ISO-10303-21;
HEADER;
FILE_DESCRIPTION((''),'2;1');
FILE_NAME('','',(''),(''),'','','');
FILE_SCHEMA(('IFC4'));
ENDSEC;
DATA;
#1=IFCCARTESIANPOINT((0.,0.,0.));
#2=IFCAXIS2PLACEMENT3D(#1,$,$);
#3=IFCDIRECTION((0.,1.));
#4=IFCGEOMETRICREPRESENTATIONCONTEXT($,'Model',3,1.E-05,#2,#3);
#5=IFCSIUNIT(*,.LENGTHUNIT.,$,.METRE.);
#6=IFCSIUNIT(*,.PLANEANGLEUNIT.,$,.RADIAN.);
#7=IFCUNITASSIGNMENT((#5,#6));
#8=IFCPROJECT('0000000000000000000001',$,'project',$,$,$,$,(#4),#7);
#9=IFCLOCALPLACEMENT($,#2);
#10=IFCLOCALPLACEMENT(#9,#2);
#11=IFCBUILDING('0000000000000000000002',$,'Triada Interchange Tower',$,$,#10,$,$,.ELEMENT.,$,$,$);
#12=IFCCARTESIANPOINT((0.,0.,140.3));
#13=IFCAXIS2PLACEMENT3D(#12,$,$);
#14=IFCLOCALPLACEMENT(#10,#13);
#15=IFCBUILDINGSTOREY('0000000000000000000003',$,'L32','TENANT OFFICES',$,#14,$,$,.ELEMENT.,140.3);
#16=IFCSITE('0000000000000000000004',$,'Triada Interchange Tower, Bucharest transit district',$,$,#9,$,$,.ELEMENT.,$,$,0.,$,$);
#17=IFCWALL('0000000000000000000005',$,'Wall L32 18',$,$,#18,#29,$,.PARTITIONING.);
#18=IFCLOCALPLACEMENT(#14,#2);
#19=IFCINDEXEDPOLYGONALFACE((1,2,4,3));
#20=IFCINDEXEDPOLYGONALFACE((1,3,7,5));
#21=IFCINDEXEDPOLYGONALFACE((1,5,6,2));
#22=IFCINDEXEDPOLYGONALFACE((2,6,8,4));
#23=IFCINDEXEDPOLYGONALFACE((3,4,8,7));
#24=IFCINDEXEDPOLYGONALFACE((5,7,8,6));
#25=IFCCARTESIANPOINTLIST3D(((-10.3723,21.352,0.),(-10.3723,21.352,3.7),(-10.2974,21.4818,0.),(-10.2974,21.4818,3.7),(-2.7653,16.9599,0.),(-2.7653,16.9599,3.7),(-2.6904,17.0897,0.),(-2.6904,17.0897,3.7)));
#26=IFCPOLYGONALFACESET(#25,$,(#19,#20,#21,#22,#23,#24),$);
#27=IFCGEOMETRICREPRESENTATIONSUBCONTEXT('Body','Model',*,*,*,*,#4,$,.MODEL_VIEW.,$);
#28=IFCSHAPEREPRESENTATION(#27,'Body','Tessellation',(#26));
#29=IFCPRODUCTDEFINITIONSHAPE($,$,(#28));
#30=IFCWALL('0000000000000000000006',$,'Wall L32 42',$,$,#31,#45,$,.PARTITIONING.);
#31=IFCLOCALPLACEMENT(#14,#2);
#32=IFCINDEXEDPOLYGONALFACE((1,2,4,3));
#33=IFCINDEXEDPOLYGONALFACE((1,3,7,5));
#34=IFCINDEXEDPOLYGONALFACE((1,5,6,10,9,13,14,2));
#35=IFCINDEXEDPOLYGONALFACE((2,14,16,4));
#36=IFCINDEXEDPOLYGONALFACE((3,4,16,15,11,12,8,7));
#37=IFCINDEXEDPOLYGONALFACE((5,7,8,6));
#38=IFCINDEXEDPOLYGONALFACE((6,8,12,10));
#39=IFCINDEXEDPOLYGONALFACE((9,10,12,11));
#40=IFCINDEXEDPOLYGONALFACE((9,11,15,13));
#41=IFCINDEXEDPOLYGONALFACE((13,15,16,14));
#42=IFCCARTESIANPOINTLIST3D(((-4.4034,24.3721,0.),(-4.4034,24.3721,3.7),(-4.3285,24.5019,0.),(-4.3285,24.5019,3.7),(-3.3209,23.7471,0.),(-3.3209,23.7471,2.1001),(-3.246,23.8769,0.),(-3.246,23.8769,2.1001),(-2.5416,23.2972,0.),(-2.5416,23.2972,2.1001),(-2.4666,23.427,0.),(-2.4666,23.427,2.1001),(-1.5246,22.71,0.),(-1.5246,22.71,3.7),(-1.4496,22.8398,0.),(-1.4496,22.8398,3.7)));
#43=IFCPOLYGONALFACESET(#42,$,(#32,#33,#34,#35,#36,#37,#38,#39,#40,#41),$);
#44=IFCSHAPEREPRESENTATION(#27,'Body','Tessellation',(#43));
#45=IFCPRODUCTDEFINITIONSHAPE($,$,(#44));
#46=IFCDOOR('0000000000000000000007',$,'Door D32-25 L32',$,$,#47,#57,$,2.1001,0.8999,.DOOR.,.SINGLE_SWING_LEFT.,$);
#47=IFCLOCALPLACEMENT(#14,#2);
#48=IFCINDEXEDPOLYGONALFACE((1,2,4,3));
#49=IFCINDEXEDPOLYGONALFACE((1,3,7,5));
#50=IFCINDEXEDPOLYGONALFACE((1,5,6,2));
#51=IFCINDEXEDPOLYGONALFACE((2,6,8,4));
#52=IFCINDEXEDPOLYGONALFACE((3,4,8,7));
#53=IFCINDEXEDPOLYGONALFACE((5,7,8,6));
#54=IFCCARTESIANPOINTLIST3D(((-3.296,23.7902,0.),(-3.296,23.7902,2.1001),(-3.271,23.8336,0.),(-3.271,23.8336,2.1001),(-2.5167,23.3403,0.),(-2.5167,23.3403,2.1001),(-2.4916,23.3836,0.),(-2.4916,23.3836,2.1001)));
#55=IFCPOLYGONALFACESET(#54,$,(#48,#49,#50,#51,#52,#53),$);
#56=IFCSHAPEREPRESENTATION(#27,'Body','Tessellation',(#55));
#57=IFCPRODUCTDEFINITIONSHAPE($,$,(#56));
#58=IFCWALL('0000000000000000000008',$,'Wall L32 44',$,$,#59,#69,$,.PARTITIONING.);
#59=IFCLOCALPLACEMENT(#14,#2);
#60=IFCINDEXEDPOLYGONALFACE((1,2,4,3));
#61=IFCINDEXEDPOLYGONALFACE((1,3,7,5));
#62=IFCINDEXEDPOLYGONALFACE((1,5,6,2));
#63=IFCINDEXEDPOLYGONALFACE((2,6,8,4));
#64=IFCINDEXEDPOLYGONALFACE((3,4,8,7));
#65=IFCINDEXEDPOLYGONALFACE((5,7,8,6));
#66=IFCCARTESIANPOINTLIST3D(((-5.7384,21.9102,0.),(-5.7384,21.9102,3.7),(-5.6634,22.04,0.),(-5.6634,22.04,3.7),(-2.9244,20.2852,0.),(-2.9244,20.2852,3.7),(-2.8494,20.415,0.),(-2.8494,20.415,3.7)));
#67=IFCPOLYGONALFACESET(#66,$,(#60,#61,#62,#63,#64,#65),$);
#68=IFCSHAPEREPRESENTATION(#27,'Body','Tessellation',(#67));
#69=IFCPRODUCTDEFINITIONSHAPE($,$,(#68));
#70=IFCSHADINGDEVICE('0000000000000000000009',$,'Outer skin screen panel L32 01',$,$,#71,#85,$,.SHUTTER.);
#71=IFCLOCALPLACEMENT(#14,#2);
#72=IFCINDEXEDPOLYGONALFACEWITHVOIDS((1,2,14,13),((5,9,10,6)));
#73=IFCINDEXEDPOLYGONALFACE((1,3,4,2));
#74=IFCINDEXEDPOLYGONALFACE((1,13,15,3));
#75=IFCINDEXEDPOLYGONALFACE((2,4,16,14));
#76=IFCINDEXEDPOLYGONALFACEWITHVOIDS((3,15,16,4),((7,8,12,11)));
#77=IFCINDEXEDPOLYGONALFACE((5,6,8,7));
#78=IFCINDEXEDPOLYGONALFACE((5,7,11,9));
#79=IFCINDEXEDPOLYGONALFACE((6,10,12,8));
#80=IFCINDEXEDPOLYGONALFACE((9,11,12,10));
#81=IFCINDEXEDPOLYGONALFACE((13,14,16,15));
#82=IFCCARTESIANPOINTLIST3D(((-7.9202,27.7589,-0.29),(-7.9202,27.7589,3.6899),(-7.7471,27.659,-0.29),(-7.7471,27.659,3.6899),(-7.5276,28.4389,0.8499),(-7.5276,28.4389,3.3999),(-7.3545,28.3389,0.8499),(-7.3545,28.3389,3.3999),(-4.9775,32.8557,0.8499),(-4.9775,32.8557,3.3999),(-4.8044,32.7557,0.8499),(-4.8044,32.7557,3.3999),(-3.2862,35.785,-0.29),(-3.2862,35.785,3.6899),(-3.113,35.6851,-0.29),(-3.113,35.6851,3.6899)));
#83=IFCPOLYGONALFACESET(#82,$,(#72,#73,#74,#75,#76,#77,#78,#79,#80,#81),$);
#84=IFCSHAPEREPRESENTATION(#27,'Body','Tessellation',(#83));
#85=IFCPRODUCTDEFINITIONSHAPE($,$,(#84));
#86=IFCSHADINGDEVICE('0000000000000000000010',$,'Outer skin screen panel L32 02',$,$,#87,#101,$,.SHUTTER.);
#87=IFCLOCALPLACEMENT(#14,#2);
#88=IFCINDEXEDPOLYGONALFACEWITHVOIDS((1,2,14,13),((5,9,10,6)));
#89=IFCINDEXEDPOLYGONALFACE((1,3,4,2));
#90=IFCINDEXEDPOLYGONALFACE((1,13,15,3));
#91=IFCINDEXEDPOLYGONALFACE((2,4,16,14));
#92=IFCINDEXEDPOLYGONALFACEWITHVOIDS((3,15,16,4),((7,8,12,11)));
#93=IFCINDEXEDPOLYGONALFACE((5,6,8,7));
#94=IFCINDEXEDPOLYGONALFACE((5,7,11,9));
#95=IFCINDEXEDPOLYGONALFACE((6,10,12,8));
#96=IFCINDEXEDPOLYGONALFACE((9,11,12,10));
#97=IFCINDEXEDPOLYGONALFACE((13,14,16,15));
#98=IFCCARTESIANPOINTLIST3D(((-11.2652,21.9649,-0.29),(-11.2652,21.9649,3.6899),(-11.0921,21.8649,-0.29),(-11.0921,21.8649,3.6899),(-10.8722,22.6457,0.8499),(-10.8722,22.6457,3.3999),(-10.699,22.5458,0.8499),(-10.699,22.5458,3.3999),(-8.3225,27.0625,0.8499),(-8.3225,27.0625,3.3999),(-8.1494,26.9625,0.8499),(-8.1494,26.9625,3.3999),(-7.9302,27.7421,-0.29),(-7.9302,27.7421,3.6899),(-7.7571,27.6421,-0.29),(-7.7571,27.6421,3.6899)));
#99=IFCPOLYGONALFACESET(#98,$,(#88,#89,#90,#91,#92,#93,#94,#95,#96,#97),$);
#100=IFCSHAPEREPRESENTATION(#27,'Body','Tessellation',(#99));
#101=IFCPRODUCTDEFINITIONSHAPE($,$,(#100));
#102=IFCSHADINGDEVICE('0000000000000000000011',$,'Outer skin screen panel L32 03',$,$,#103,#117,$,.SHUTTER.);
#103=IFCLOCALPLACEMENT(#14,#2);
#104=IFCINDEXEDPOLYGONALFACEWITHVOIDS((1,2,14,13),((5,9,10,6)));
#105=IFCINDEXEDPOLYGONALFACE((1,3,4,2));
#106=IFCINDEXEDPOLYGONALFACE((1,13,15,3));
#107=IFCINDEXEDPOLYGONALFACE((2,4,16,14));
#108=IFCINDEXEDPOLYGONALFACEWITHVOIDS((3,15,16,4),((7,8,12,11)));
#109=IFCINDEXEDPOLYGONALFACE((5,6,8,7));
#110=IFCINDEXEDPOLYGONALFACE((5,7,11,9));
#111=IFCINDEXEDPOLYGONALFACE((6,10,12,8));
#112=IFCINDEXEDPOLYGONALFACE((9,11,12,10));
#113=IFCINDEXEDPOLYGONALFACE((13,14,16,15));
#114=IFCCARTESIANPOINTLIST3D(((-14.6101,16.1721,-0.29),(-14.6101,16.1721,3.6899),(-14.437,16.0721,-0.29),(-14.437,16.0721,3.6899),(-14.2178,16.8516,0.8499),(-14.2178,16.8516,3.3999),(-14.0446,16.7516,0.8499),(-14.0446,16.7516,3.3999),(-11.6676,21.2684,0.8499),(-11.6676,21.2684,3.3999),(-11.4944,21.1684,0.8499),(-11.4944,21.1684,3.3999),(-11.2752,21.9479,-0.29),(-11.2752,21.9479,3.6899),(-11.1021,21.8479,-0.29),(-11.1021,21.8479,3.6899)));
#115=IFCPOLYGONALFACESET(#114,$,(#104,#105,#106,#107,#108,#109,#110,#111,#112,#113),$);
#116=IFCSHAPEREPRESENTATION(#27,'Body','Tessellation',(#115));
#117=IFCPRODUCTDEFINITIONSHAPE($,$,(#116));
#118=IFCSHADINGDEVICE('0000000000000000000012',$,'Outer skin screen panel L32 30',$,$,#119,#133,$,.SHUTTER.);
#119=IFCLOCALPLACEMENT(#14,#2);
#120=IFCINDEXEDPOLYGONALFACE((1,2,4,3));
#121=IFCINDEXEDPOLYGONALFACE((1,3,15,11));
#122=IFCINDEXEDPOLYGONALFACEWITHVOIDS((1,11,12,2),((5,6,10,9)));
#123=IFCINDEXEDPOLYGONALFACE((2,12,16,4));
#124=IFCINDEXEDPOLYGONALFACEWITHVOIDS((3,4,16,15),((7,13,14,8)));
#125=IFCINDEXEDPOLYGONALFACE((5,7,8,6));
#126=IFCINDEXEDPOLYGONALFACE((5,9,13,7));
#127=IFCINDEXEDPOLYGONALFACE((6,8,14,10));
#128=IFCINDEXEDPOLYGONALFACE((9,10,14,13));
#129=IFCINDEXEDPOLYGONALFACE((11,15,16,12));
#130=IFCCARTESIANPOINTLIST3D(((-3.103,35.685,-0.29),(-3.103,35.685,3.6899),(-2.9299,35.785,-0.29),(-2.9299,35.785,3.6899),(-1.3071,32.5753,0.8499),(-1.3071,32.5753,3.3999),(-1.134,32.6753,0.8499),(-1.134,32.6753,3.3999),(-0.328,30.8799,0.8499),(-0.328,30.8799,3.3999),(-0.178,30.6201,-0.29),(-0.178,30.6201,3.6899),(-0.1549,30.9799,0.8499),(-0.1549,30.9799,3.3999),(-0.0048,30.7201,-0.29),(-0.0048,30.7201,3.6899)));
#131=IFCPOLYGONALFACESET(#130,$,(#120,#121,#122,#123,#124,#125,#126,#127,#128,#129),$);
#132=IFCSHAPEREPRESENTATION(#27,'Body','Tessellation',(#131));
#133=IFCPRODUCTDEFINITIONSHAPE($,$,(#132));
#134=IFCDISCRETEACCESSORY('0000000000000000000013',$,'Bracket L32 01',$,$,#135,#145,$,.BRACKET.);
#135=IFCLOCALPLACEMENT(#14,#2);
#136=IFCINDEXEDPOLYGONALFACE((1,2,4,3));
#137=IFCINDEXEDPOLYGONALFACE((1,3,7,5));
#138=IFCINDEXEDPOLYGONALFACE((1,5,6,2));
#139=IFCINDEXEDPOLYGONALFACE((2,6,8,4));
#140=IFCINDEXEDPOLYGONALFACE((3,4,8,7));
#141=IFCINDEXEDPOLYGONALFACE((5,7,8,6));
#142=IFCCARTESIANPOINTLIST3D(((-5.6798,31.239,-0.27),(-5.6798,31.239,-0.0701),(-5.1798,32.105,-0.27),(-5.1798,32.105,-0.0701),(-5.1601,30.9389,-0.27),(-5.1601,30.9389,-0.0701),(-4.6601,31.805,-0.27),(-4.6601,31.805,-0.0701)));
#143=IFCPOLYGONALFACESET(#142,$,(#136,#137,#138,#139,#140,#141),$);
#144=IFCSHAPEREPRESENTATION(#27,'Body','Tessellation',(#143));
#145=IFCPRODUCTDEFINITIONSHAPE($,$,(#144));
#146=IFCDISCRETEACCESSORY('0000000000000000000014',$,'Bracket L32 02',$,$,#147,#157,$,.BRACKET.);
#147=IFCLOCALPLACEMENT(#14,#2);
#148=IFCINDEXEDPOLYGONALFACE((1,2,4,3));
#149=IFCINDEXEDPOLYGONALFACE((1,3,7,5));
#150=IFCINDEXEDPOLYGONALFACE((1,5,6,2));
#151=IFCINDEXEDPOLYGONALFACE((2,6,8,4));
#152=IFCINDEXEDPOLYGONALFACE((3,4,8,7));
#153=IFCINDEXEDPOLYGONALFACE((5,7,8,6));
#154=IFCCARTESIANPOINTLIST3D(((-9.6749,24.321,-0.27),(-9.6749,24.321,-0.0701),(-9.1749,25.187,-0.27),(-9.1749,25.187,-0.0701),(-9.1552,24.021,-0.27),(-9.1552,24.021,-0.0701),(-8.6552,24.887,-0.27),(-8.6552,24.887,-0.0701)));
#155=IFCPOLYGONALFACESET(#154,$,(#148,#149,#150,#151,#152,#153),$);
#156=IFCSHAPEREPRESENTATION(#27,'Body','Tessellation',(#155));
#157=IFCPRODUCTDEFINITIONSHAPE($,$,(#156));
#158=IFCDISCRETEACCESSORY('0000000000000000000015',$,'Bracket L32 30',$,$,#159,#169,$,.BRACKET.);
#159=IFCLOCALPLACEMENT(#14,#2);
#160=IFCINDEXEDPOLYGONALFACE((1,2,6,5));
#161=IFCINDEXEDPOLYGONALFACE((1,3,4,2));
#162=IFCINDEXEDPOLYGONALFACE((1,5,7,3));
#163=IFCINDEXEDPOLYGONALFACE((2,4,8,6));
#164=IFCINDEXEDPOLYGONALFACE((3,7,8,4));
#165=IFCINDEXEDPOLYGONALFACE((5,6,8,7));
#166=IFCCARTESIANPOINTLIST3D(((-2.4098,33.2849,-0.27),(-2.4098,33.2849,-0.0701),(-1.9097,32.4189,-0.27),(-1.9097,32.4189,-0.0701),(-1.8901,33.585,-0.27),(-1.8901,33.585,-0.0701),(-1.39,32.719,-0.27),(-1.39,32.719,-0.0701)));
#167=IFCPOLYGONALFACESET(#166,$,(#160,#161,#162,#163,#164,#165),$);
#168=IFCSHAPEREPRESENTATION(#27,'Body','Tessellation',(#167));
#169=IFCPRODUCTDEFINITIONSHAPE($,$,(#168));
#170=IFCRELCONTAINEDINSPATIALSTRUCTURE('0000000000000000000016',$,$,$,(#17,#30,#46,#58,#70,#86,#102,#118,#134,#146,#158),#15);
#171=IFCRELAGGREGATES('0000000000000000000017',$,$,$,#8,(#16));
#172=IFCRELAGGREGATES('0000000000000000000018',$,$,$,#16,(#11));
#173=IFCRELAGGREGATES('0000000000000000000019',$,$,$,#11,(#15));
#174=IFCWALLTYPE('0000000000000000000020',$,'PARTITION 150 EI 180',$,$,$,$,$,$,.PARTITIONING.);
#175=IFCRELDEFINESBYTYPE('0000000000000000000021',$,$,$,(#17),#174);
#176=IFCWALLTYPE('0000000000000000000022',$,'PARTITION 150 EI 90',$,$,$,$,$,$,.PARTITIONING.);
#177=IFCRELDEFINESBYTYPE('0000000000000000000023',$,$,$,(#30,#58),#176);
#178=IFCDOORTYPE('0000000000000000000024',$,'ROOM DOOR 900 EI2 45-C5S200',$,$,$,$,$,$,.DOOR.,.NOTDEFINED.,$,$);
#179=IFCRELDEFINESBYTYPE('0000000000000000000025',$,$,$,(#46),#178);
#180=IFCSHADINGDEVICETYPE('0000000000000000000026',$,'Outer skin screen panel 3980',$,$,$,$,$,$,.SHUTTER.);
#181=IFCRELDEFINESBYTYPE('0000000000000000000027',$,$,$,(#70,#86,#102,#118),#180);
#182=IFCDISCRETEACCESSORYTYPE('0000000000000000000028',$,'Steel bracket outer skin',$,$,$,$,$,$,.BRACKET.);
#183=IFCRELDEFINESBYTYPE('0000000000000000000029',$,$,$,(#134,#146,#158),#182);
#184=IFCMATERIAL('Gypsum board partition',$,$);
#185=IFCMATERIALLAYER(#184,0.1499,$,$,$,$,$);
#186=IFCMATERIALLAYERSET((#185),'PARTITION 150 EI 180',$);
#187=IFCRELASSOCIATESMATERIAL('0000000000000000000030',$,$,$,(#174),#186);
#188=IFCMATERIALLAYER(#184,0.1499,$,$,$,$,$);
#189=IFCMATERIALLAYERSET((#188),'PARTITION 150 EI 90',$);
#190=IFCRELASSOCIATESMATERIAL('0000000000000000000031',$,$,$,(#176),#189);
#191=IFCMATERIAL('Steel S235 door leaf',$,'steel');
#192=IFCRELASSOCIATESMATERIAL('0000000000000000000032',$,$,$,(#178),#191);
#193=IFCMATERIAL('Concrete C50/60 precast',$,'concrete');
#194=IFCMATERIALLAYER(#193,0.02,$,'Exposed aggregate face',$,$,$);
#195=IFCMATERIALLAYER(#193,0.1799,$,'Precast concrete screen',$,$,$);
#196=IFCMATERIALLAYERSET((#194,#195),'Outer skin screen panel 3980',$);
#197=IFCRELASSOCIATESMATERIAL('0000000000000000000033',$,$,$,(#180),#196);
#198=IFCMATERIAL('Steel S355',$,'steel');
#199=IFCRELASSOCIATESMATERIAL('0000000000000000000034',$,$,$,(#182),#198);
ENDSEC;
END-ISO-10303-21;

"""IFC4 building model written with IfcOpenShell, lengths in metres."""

from ifc_helpers import new_model, si_unit, direction, frame, frame_2d, origin, origin_2d, place, context, subcontext, project, spatial, polyline, rectangle, outline, extrude, material, layer, layer_set, type_object, element, fill, save


model = new_model("IFC4")

# Units and contexts
model_context = context("Model", 3, precision=1e-05, world=origin(), true_north=direction((0.0, 1.0)))
body_context = subcontext(model_context, "Body", "Model", "MODEL_VIEW")
ifc_project = project(units=[si_unit("LENGTHUNIT", "METRE"), si_unit("PLANEANGLEUNIT", "RADIAN")], contexts=[model_context])

# Site, building, storey
site_placement = place(None, origin())
site = spatial("IfcSite", under=ifc_project, at=site_placement, Name="Triada Interchange Tower, Bucharest transit district", CompositionType="ELEMENT", RefElevation=0.0)
building_placement = place(site_placement, origin())
building = spatial("IfcBuilding", under=site, at=building_placement, Name="Triada Interchange Tower", CompositionType="ELEMENT")
storey_placement = place(building_placement, frame((0.0, 0.0, 140.3)))
storey = spatial("IfcBuildingStorey", under=building, at=storey_placement, Name="L32", Description="TENANT OFFICES", CompositionType="ELEMENT", Elevation=140.3)

# Wall
ifc_material_1 = material(Name="Gypsum board partition")
ifc_layer_1 = layer(ifc_material_1, 0.1499)
ifc_layer_set_1 = layer_set([ifc_layer_1], Name="PARTITION 150 EI 180")
wall_type_1 = type_object("IfcWallType", Name="PARTITION 150 EI 180", PredefinedType="PARTITIONING", material=ifc_layer_set_1)
wall_1_placement = place(storey_placement, frame((-10.335, 21.417, 0.0), z_axis=(0.0, 0.0, 1.0), x_axis=(0.866014, -0.500019, 0.0)))
element("IfcWall", 1, at=wall_1_placement, inside=storey, type_object=wall_type_1, Name="Wall L32 18", PredefinedType="PARTITIONING", context=body_context, shape_type="SweptSolid", body=[
    extrude(rectangle(XDim=8.7839, YDim=0.1499, at=frame_2d((4.3921, 0.0))), origin(), (0.0, 0.0, 1.0), 3.7),
])

# Wall, opening, door
ifc_layer_2 = layer(ifc_material_1, 0.1499)
ifc_layer_set_2 = layer_set([ifc_layer_2], Name="PARTITION 150 EI 90")
wall_type_2 = type_object("IfcWallType", Name="PARTITION 150 EI 90", PredefinedType="PARTITIONING", material=ifc_layer_set_2)
wall_2_placement = place(storey_placement, frame((-4.366, 24.437, 0.0), z_axis=(0.0, 0.0, 1.0), x_axis=(0.866029, -0.499994, 0.0)))
wall_2 = element("IfcWall", 2, at=wall_2_placement, inside=storey, type_object=wall_type_2, Name="Wall L32 42", PredefinedType="PARTITIONING", context=body_context, shape_type="SweptSolid", body=[
    extrude(rectangle(XDim=3.3242, YDim=0.1499, at=frame_2d((1.6621, 0.0))), origin(), (0.0, 0.0, 1.0), 3.7),
])
opening_1_placement = place(wall_2_placement, frame((1.25, 0.0, 0.0)))
opening_1 = element("IfcOpeningElement", 3, at=opening_1_placement, cuts=wall_2, PredefinedType="OPENING", context=body_context, shape_type="SweptSolid", body=[
    extrude(rectangle(XDim=0.8999, YDim=2.1001, at=frame_2d((0.45, 1.05))), frame((0.0, 0.085, 0.0), z_axis=(0.0, -1.0, 0.0), x_axis=(1.0, 0.0, 0.0)), (0.0, 0.0, 1.0), 0.1699),
])
ifc_material_2 = material(Name="Steel S235 door leaf", Category="steel")
door_type = type_object("IfcDoorType", Name="ROOM DOOR 900 EI2 45-C5S200", OperationType="NOTDEFINED", PredefinedType="DOOR", material=ifc_material_2)
door_placement = place(opening_1_placement, origin())
door = element("IfcDoor", 4, at=door_placement, inside=storey, type_object=door_type, Name="Door D32-25 L32", OperationType="SINGLE_SWING_LEFT", OverallHeight=2.1001, OverallWidth=0.8999, PredefinedType="DOOR", context=body_context, shape_type="SweptSolid", body=[
    extrude(rectangle(XDim=0.8999, YDim=2.1001, at=frame_2d((0.45, 1.05))), frame((0.0, 0.0249, 0.0), z_axis=(0.0, -1.0, 0.0), x_axis=(1.0, 0.0, 0.0)), (0.0, 0.0, 1.0), 0.05),
])
fill(opening_1, door)

# Wall
wall_3_placement = place(storey_placement, frame((-5.7009, 21.9751, 0.0), z_axis=(0.0, 0.0, 1.0), x_axis=(0.865978, -0.500082, 0.0)))
element("IfcWall", 5, at=wall_3_placement, inside=storey, type_object=wall_type_2, Name="Wall L32 44", PredefinedType="PARTITIONING", context=body_context, shape_type="SweptSolid", body=[
    extrude(rectangle(XDim=3.2495, YDim=0.1499, at=frame_2d((1.6248, 0.0))), origin(), (0.0, 0.0, 1.0), 3.7),
])

# Shading devices
ifc_material_3 = material(Name="Concrete C50/60 precast", Category="concrete")
ifc_layer_3 = layer(ifc_material_3, 0.02, Name="Exposed aggregate face")
ifc_layer_4 = layer(ifc_material_3, 0.1799, Name="Precast concrete screen")
ifc_layer_set_3 = layer_set([ifc_layer_3, ifc_layer_4], Name="Outer skin screen panel 3980")
shading_device_type = type_object("IfcShadingDeviceType", Name="Outer skin screen panel 3980", PredefinedType="SHUTTER", material=ifc_layer_set_3)
shading_device_1_placement = place(storey_placement, frame((-3.113, 35.6851, -0.29), z_axis=(0.0, 0.0, 1.0), x_axis=(-0.500012, -0.866018, 0.0)))
element("IfcShadingDevice", 6, at=shading_device_1_placement, inside=storey, type_object=shading_device_type, Name="Outer skin screen panel L32 01", PredefinedType="SHUTTER", context=body_context, shape_type="SweptSolid", body=[
    extrude(outline(polyline([(0.0, 0.0), (9.2678, 0.0), (9.2678, 3.98), (0.0, 3.98), (0.0, 0.0)]), holes=[polyline([(3.3826, 1.1399), (3.3826, 3.6899), (8.4827, 3.6899), (8.4827, 1.1399), (3.3826, 1.1399)])]), frame((0.0, 0.0, 0.0), z_axis=(0.0, -1.0, 0.0), x_axis=(1.0, 0.0, 0.0)), (0.0, 0.0, 1.0), 0.2),
])
shading_device_2_placement = place(storey_placement, frame((-7.7571, 27.6421, -0.29), z_axis=(0.0, 0.0, 1.0), x_axis=(-0.49995, -0.866055, 0.0)))
element("IfcShadingDevice", 7, at=shading_device_2_placement, inside=storey, type_object=shading_device_type, Name="Outer skin screen panel L32 02", PredefinedType="SHUTTER", context=body_context, shape_type="SweptSolid", body=[
    extrude(outline(polyline([(0.0, 0.0), (6.6707, 0.0), (6.6707, 3.98), (0.0, 3.98), (0.0, 0.0)]), holes=[polyline([(0.7847, 1.1399), (0.7847, 3.6899), (5.8845, 3.6899), (5.8845, 1.1399), (0.7847, 1.1399)])]), frame((0.0, 0.0, 0.0), z_axis=(0.0, -1.0, 0.0), x_axis=(1.0, 0.0, 0.0)), (0.0, 0.0, 1.0), 0.2),
])
shading_device_3_placement = place(storey_placement, frame((-11.1021, 21.8479, -0.29), z_axis=(0.0, 0.0, 1.0), x_axis=(-0.500029, -0.866009, 0.0)))
element("IfcShadingDevice", 8, at=shading_device_3_placement, inside=storey, type_object=shading_device_type, Name="Outer skin screen panel L32 03", PredefinedType="SHUTTER", context=body_context, shape_type="SweptSolid", body=[
    extrude(outline(polyline([(0.0, 0.0), (6.6694, 0.0), (6.6694, 3.98), (0.0, 3.98), (0.0, 0.0)]), holes=[polyline([(0.7847, 1.1399), (0.7847, 3.6899), (5.8848, 3.6899), (5.8848, 1.1399), (0.7847, 1.1399)])]), frame((0.0, 0.0, 0.0), z_axis=(0.0, -1.0, 0.0), x_axis=(1.0, 0.0, 0.0)), (0.0, 0.0, 1.0), 0.2),
])
shading_device_4_placement = place(storey_placement, frame((-0.178, 30.6201, -0.29), z_axis=(0.0, 0.0, 1.0), x_axis=(-0.500103, 0.865966, 0.0)))
element("IfcShadingDevice", 9, at=shading_device_4_placement, inside=storey, type_object=shading_device_type, Name="Outer skin screen panel L32 30", PredefinedType="SHUTTER", context=body_context, shape_type="SweptSolid", body=[
    extrude(outline(polyline([(0.0, 0.0), (5.8489, 0.0), (5.8489, 3.98), (0.0, 3.98), (0.0, 0.0)]), holes=[polyline([(0.3, 1.1399), (0.3, 3.6899), (2.2578, 3.6899), (2.2578, 1.1399), (0.3, 1.1399)])]), frame((0.0, 0.0, 0.0), z_axis=(0.0, -1.0, 0.0), x_axis=(1.0, 0.0, 0.0)), (0.0, 0.0, 1.0), 0.2),
])

# Discrete accessories
ifc_material_4 = material(Name="Steel S355", Category="steel")
discrete_accessory_type = type_object("IfcDiscreteAccessoryType", Name="Steel bracket outer skin", PredefinedType="BRACKET", material=ifc_material_4)
for number, where, z_axis, x_axis, name in (
    (10, (-5.1699, 31.522, -0.27), (0.0, 0.0, 1.0), (-0.866021, 0.500007, 0.0), "Bracket L32 01"),
    (11, (-9.165, 24.604, -0.27), (0.0, 0.0, 1.0), (-0.866021, 0.500007, 0.0), "Bracket L32 02"),
    (12, (-1.8999, 33.002, -0.27), (0.0, 0.0, 1.0), (0.866017, 0.500015, 0.0), "Bracket L32 30"),
):
    element("IfcDiscreteAccessory", number, at=place(storey_placement, frame(where, z_axis=z_axis, x_axis=x_axis)), inside=storey, type_object=discrete_accessory_type, Name=name, PredefinedType="BRACKET", context=body_context, shape_type="SweptSolid", body=[
        extrude(rectangle(XDim=0.6001, YDim=1.0, at=origin_2d()), origin(), (0.0, 0.0, 1.0), 0.2),
    ])

save(model, "model.ifc")
